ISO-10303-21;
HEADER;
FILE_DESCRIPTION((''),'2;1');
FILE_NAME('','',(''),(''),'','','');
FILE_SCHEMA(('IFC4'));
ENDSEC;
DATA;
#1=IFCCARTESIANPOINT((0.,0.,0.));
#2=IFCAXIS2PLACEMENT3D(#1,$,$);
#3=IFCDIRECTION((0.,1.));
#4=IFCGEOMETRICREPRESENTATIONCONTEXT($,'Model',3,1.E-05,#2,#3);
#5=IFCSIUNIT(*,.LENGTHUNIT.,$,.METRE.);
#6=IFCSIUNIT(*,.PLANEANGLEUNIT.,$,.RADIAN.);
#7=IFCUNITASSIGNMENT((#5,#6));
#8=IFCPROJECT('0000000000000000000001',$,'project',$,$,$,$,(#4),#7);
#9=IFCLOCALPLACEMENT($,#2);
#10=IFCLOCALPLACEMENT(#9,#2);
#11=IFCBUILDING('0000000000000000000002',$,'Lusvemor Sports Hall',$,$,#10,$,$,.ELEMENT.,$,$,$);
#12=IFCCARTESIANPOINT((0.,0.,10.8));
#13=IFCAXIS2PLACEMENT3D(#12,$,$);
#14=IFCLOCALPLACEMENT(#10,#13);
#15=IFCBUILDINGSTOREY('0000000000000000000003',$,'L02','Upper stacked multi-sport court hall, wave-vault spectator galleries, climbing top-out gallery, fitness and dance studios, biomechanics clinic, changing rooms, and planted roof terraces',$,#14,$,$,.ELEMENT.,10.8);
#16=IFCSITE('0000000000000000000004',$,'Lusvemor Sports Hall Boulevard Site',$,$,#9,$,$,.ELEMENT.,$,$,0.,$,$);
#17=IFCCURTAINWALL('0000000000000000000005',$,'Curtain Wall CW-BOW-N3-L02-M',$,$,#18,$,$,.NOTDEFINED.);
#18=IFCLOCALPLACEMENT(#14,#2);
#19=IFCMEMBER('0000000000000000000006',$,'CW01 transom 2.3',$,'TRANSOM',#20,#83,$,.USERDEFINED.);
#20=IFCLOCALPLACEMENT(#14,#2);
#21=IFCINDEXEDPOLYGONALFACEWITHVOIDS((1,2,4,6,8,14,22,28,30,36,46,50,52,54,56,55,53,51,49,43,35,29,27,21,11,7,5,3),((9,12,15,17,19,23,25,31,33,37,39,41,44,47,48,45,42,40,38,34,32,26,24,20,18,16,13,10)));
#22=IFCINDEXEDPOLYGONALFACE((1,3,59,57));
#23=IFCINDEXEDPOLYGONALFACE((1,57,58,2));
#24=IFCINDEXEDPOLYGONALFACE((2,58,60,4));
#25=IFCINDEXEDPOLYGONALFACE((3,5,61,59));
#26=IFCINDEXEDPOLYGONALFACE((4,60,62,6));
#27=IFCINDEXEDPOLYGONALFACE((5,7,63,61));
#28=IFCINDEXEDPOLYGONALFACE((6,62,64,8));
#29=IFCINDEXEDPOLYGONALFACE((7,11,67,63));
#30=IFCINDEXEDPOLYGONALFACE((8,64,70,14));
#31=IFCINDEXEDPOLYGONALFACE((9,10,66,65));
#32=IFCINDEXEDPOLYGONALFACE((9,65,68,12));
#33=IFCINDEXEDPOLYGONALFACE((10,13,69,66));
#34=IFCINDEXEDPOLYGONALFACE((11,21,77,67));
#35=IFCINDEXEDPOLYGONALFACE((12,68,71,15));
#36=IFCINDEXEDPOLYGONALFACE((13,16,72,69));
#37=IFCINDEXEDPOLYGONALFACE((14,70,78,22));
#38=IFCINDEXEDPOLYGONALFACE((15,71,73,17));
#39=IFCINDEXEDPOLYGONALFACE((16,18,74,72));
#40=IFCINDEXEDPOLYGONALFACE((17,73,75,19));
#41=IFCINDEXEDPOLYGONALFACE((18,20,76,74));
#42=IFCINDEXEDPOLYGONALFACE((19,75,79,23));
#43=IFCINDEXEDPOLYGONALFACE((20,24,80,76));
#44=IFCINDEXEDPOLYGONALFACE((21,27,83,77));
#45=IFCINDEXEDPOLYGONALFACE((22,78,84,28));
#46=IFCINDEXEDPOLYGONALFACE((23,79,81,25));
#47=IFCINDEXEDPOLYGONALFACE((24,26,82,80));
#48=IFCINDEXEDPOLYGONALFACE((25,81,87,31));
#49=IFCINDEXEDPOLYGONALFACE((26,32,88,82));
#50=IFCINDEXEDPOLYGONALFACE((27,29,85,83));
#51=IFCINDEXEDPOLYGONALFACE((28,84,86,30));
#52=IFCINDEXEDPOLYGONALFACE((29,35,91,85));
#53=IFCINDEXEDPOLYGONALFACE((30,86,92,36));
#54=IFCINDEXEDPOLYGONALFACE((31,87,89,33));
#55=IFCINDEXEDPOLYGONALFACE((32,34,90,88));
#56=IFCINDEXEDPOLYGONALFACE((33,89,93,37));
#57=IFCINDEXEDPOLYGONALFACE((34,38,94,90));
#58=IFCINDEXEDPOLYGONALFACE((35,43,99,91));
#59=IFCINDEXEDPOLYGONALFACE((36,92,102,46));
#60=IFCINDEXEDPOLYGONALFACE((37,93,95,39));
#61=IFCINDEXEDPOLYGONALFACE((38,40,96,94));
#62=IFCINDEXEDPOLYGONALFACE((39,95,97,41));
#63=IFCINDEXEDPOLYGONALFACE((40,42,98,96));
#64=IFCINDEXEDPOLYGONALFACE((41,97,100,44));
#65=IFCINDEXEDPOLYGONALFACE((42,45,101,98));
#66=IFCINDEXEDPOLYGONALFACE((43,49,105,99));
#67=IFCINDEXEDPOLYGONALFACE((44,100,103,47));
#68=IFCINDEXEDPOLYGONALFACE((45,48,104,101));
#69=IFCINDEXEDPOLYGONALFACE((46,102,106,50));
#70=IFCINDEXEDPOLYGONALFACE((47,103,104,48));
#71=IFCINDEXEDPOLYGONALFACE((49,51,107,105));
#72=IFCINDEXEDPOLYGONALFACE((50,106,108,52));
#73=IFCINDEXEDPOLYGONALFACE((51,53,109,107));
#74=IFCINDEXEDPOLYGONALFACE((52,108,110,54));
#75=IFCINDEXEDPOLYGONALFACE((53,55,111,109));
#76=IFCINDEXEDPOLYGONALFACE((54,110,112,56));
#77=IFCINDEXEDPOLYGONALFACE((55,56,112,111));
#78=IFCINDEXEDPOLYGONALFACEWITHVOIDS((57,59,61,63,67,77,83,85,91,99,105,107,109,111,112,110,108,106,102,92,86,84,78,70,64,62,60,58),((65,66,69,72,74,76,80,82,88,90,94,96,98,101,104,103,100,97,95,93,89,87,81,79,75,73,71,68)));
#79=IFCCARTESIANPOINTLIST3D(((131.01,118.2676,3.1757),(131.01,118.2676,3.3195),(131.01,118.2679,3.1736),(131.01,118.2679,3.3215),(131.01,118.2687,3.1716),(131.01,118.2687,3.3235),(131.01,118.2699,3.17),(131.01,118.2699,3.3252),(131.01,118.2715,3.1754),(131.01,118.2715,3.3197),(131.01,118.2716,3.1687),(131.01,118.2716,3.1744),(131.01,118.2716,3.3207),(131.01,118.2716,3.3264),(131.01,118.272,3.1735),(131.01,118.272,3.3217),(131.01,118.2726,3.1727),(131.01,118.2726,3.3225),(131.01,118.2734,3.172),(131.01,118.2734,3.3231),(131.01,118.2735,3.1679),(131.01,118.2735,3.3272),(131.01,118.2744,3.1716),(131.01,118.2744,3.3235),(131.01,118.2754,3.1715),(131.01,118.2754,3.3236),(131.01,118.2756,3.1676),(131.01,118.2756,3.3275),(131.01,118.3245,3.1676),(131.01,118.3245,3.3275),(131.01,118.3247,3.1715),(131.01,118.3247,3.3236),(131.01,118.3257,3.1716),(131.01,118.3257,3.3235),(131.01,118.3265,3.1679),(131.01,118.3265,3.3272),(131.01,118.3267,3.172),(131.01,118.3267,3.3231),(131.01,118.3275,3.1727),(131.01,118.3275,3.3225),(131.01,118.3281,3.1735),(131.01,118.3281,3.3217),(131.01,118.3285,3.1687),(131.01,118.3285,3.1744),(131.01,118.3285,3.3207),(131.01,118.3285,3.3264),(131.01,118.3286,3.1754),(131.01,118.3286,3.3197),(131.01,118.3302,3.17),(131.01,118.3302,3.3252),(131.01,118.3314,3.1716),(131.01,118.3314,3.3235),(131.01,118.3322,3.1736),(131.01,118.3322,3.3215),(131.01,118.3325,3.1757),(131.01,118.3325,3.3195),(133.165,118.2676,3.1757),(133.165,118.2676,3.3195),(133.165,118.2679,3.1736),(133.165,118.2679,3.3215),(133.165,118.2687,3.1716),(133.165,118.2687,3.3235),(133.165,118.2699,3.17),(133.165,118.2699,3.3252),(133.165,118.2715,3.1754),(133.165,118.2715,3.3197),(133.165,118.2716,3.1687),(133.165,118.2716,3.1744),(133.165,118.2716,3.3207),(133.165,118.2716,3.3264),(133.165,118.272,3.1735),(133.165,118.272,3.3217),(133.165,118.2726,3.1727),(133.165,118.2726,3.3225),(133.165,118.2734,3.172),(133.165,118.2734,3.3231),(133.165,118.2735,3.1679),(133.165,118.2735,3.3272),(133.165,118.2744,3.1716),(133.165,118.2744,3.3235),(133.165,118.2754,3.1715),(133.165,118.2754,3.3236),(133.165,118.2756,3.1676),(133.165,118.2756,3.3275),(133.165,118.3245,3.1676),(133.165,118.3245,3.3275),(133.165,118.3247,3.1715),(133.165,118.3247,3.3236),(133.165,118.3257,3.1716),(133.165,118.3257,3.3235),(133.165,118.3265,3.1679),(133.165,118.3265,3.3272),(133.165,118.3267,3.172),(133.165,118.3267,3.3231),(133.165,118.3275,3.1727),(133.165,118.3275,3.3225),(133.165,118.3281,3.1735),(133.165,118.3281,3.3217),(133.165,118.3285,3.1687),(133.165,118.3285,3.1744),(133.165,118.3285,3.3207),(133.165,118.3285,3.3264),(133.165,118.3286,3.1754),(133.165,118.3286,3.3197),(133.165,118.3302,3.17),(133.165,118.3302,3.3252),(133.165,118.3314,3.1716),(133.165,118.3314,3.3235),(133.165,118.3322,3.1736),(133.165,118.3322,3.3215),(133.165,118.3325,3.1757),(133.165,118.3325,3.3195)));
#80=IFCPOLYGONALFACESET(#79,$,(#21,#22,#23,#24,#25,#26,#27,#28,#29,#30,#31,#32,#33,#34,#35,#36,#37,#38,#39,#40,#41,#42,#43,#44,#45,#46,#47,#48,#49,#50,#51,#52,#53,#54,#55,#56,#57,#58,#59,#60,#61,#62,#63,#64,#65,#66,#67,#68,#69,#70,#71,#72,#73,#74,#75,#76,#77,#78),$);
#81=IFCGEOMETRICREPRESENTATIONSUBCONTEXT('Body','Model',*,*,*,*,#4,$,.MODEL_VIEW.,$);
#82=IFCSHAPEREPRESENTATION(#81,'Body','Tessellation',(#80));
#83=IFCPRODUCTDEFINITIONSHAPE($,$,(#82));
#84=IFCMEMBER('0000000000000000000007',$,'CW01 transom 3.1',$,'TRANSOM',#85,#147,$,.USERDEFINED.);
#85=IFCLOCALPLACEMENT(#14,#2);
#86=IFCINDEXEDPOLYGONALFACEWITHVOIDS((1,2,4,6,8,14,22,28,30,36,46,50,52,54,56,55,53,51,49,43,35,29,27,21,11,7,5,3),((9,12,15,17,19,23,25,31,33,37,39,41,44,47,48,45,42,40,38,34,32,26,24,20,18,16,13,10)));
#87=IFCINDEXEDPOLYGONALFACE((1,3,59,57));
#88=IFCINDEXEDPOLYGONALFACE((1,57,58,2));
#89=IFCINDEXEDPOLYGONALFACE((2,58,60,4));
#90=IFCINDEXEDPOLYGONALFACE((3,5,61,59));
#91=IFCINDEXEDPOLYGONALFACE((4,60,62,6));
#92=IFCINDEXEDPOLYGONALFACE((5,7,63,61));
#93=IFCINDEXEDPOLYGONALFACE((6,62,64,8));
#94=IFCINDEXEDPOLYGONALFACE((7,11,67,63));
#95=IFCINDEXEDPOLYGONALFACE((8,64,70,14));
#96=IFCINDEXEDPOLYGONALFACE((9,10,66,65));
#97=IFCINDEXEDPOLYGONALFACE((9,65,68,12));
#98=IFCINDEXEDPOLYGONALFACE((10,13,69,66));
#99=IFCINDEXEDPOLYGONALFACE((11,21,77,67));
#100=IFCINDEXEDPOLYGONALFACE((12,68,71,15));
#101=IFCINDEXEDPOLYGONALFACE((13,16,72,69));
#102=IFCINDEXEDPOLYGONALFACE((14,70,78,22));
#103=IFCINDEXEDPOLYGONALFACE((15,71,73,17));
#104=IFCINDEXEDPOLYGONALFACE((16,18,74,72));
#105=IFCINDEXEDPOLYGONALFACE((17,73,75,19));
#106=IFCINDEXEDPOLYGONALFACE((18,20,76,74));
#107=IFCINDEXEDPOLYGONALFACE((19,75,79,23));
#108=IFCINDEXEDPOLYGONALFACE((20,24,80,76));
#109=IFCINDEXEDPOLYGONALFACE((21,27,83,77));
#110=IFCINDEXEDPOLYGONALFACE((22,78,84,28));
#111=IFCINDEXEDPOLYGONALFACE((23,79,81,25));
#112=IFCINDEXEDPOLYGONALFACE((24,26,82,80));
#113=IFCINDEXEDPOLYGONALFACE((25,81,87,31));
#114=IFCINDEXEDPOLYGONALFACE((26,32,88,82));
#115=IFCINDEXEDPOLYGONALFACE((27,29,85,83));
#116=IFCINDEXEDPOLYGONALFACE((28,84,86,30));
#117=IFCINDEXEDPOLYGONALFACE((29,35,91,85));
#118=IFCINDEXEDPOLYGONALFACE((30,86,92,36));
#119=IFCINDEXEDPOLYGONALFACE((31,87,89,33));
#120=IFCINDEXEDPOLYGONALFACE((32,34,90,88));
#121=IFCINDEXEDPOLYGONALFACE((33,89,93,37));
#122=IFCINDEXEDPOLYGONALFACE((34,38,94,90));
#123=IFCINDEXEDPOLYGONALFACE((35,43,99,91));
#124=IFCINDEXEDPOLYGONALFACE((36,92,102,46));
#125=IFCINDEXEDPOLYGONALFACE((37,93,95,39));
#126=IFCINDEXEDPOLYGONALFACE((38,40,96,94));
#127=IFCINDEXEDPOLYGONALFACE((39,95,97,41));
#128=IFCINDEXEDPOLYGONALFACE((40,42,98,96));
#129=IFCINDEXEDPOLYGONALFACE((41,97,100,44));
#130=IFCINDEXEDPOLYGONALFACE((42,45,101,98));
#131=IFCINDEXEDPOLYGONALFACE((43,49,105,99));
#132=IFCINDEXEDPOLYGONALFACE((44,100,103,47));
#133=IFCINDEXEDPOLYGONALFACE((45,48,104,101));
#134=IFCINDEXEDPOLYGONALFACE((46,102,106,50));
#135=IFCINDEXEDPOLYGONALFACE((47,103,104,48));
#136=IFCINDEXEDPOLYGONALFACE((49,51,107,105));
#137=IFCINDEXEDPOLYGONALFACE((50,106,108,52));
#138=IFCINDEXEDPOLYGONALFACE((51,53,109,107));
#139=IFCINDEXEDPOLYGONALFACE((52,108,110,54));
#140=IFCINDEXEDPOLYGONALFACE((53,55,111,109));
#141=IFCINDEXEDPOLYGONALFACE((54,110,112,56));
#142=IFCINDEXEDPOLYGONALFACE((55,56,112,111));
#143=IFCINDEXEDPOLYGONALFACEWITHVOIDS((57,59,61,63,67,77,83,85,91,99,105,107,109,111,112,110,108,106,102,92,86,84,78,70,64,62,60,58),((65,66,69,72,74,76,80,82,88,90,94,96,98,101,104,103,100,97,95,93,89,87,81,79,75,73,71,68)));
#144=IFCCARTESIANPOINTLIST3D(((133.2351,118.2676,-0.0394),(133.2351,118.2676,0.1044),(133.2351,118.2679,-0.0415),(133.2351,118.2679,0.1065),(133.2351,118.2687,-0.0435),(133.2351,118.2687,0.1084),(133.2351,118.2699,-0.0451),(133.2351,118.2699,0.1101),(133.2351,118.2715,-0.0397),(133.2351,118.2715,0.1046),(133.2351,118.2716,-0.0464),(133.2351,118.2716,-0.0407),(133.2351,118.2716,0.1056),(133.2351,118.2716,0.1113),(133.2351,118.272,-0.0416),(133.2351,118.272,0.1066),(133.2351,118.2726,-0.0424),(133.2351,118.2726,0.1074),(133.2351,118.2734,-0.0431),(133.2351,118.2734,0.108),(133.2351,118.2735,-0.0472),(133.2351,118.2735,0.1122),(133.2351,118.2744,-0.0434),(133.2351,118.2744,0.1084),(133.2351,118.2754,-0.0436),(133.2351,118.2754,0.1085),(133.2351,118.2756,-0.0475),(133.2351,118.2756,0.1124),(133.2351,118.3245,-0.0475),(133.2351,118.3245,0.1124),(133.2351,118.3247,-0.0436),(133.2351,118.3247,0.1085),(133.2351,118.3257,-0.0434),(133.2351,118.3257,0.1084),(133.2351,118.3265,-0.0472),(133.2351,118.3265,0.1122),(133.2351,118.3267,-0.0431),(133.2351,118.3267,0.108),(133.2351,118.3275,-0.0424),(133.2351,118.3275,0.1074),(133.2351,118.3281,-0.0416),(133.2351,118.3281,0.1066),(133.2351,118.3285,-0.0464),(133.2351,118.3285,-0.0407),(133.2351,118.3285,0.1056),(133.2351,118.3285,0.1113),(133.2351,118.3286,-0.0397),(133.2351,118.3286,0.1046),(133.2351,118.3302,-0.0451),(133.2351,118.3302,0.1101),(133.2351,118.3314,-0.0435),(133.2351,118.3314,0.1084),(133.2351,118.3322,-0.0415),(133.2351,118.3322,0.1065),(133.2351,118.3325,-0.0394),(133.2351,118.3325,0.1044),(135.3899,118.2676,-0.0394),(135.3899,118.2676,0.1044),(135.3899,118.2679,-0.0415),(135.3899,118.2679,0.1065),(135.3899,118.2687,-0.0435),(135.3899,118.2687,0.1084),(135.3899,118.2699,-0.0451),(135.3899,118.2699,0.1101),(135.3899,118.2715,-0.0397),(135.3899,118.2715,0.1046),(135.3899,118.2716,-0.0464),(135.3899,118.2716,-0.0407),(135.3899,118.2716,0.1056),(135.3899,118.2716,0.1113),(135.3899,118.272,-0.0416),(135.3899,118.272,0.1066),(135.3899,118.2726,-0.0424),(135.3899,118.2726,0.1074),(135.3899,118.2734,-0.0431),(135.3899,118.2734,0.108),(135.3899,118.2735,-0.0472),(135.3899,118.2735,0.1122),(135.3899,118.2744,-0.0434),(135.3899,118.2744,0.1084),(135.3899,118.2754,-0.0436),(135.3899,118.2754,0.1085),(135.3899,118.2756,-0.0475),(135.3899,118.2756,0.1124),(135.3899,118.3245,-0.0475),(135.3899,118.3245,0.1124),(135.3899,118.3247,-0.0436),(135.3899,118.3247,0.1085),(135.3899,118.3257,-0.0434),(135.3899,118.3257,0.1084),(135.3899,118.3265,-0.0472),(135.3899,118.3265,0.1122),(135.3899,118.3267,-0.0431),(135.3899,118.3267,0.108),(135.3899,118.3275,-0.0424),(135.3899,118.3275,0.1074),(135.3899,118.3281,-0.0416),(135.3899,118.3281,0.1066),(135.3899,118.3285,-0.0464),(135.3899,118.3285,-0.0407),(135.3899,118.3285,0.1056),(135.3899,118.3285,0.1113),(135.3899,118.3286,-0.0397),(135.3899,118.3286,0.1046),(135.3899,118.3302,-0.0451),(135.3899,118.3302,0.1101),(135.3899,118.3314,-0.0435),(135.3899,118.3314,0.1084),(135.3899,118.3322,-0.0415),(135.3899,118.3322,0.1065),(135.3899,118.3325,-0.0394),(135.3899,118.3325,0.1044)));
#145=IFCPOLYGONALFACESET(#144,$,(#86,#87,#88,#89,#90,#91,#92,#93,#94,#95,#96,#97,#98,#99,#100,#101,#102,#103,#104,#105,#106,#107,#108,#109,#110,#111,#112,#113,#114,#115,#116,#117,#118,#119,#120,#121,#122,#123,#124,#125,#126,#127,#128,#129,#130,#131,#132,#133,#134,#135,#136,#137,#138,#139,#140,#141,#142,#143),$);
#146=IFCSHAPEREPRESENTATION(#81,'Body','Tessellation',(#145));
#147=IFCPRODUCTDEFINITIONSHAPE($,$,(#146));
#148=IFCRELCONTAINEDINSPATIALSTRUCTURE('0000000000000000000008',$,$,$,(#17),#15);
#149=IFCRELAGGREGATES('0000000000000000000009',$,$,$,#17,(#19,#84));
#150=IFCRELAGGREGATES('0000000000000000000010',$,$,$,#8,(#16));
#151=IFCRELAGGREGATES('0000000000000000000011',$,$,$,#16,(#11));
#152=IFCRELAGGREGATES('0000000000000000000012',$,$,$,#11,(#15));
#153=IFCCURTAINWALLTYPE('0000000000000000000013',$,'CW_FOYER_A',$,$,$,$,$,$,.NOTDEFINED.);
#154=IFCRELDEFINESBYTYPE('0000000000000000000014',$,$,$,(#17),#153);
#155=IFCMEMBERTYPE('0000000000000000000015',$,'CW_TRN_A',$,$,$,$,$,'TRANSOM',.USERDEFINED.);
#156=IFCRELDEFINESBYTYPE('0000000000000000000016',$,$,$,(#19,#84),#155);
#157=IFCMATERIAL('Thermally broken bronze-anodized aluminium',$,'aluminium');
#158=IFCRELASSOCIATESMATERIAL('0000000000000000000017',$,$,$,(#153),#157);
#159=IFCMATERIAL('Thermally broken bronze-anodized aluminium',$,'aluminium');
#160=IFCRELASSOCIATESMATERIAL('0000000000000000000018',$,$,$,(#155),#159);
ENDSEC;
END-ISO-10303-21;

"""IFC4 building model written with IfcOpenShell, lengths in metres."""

from ifc_helpers import new_model, si_unit, direction, frame, origin, origin_2d, place, context, subcontext, project, spatial, hollow_rectangle, extrude, material, material_profile, profile_set, type_object, element, aggregate, save


model = new_model("IFC4")

# Units and contexts
model_context = context("Model", 3, precision=1e-05, world=origin(), true_north=direction((0.0, 1.0)))
body_context = subcontext(model_context, "Body", "Model", "MODEL_VIEW")
ifc_project = project(units=[si_unit("LENGTHUNIT", "METRE"), si_unit("PLANEANGLEUNIT", "RADIAN")], contexts=[model_context])

# Site, building, storey
site_placement = place(None, origin())
site = spatial("IfcSite", under=ifc_project, at=site_placement, Name="Lusvemor Sports Hall Boulevard Site", CompositionType="ELEMENT", RefElevation=0.0)
building_placement = place(site_placement, origin())
building = spatial("IfcBuilding", under=site, at=building_placement, Name="Lusvemor Sports Hall", CompositionType="ELEMENT")
storey_placement = place(building_placement, frame((0.0, 0.0, 10.8)))
storey = spatial("IfcBuildingStorey", under=building, at=storey_placement, Name="L02", Description="Upper stacked multi-sport court hall, wave-vault spectator galleries, climbing top-out gallery, fitness and dance studios, biomechanics clinic, changing rooms, and planted roof terraces", CompositionType="ELEMENT", Elevation=10.8)

# Curtain wall
ifc_material_1 = material(Name="Thermally broken bronze-anodized aluminium", Category="aluminium")
curtain_wall_type_1 = type_object("IfcCurtainWallType", Name="CW_FOYER_A", PredefinedType="NOTDEFINED", material=ifc_material_1)
curtain_wall_1_placement = place(storey_placement, origin())
curtain_wall_1 = element("IfcCurtainWall", 1, at=curtain_wall_1_placement, inside=storey, type_object=curtain_wall_type_1, Name="Curtain Wall CW-BOW-N3-L02-M", PredefinedType="NOTDEFINED")

# Members
ifc_material_2 = material(Name="Thermally broken bronze-anodized aluminium", Category="aluminium")
ifc_material_profile_1 = material_profile(ifc_material_2, hollow_rectangle(XDim=0.0649, YDim=0.1599, WallThickness=0.0039, InnerFilletRadius=0.0039, OuterFilletRadius=0.0081, at=origin_2d()), Name="CWTRN160x65x4")
ifc_profile_set_1 = profile_set([ifc_material_profile_1], Name="Thermally broken bronze-anodized aluminium")
member_type_1 = type_object("IfcMemberType", Name="CW_TRN_A", ElementType="TRANSOM", PredefinedType="USERDEFINED", material=ifc_profile_set_1)
member_1_placement = place(storey_placement, frame((131.01, 118.3, 3.2476), z_axis=(1.0, 0.0, 0.0), x_axis=(0.0, 1.0, 0.0)))
member_1 = element("IfcMember", 2, at=member_1_placement, type_object=member_type_1, Name="CW01 transom 2.3", ObjectType="TRANSOM", PredefinedType="USERDEFINED", context=body_context, shape_type="SweptSolid", body=[
    extrude(hollow_rectangle(XDim=0.0649, YDim=0.1599, WallThickness=0.0039, InnerFilletRadius=0.0039, OuterFilletRadius=0.0081, at=origin_2d()), origin(), (0.0, 0.0, 1.0), 2.155),
])
member_2_placement = place(storey_placement, frame((133.2351, 118.3, 0.0325), z_axis=(1.0, 0.0, 0.0), x_axis=(0.0, 1.0, 0.0)))
member_2 = element("IfcMember", 3, at=member_2_placement, type_object=member_type_1, Name="CW01 transom 3.1", ObjectType="TRANSOM", PredefinedType="USERDEFINED", context=body_context, shape_type="SweptSolid", body=[
    extrude(hollow_rectangle(XDim=0.0649, YDim=0.1599, WallThickness=0.0039, InnerFilletRadius=0.0039, OuterFilletRadius=0.0081, at=origin_2d()), origin(), (0.0, 0.0, 1.0), 2.1548),
])

aggregate(curtain_wall_1, [member_1, member_2])

save(model, "model.ifc")
